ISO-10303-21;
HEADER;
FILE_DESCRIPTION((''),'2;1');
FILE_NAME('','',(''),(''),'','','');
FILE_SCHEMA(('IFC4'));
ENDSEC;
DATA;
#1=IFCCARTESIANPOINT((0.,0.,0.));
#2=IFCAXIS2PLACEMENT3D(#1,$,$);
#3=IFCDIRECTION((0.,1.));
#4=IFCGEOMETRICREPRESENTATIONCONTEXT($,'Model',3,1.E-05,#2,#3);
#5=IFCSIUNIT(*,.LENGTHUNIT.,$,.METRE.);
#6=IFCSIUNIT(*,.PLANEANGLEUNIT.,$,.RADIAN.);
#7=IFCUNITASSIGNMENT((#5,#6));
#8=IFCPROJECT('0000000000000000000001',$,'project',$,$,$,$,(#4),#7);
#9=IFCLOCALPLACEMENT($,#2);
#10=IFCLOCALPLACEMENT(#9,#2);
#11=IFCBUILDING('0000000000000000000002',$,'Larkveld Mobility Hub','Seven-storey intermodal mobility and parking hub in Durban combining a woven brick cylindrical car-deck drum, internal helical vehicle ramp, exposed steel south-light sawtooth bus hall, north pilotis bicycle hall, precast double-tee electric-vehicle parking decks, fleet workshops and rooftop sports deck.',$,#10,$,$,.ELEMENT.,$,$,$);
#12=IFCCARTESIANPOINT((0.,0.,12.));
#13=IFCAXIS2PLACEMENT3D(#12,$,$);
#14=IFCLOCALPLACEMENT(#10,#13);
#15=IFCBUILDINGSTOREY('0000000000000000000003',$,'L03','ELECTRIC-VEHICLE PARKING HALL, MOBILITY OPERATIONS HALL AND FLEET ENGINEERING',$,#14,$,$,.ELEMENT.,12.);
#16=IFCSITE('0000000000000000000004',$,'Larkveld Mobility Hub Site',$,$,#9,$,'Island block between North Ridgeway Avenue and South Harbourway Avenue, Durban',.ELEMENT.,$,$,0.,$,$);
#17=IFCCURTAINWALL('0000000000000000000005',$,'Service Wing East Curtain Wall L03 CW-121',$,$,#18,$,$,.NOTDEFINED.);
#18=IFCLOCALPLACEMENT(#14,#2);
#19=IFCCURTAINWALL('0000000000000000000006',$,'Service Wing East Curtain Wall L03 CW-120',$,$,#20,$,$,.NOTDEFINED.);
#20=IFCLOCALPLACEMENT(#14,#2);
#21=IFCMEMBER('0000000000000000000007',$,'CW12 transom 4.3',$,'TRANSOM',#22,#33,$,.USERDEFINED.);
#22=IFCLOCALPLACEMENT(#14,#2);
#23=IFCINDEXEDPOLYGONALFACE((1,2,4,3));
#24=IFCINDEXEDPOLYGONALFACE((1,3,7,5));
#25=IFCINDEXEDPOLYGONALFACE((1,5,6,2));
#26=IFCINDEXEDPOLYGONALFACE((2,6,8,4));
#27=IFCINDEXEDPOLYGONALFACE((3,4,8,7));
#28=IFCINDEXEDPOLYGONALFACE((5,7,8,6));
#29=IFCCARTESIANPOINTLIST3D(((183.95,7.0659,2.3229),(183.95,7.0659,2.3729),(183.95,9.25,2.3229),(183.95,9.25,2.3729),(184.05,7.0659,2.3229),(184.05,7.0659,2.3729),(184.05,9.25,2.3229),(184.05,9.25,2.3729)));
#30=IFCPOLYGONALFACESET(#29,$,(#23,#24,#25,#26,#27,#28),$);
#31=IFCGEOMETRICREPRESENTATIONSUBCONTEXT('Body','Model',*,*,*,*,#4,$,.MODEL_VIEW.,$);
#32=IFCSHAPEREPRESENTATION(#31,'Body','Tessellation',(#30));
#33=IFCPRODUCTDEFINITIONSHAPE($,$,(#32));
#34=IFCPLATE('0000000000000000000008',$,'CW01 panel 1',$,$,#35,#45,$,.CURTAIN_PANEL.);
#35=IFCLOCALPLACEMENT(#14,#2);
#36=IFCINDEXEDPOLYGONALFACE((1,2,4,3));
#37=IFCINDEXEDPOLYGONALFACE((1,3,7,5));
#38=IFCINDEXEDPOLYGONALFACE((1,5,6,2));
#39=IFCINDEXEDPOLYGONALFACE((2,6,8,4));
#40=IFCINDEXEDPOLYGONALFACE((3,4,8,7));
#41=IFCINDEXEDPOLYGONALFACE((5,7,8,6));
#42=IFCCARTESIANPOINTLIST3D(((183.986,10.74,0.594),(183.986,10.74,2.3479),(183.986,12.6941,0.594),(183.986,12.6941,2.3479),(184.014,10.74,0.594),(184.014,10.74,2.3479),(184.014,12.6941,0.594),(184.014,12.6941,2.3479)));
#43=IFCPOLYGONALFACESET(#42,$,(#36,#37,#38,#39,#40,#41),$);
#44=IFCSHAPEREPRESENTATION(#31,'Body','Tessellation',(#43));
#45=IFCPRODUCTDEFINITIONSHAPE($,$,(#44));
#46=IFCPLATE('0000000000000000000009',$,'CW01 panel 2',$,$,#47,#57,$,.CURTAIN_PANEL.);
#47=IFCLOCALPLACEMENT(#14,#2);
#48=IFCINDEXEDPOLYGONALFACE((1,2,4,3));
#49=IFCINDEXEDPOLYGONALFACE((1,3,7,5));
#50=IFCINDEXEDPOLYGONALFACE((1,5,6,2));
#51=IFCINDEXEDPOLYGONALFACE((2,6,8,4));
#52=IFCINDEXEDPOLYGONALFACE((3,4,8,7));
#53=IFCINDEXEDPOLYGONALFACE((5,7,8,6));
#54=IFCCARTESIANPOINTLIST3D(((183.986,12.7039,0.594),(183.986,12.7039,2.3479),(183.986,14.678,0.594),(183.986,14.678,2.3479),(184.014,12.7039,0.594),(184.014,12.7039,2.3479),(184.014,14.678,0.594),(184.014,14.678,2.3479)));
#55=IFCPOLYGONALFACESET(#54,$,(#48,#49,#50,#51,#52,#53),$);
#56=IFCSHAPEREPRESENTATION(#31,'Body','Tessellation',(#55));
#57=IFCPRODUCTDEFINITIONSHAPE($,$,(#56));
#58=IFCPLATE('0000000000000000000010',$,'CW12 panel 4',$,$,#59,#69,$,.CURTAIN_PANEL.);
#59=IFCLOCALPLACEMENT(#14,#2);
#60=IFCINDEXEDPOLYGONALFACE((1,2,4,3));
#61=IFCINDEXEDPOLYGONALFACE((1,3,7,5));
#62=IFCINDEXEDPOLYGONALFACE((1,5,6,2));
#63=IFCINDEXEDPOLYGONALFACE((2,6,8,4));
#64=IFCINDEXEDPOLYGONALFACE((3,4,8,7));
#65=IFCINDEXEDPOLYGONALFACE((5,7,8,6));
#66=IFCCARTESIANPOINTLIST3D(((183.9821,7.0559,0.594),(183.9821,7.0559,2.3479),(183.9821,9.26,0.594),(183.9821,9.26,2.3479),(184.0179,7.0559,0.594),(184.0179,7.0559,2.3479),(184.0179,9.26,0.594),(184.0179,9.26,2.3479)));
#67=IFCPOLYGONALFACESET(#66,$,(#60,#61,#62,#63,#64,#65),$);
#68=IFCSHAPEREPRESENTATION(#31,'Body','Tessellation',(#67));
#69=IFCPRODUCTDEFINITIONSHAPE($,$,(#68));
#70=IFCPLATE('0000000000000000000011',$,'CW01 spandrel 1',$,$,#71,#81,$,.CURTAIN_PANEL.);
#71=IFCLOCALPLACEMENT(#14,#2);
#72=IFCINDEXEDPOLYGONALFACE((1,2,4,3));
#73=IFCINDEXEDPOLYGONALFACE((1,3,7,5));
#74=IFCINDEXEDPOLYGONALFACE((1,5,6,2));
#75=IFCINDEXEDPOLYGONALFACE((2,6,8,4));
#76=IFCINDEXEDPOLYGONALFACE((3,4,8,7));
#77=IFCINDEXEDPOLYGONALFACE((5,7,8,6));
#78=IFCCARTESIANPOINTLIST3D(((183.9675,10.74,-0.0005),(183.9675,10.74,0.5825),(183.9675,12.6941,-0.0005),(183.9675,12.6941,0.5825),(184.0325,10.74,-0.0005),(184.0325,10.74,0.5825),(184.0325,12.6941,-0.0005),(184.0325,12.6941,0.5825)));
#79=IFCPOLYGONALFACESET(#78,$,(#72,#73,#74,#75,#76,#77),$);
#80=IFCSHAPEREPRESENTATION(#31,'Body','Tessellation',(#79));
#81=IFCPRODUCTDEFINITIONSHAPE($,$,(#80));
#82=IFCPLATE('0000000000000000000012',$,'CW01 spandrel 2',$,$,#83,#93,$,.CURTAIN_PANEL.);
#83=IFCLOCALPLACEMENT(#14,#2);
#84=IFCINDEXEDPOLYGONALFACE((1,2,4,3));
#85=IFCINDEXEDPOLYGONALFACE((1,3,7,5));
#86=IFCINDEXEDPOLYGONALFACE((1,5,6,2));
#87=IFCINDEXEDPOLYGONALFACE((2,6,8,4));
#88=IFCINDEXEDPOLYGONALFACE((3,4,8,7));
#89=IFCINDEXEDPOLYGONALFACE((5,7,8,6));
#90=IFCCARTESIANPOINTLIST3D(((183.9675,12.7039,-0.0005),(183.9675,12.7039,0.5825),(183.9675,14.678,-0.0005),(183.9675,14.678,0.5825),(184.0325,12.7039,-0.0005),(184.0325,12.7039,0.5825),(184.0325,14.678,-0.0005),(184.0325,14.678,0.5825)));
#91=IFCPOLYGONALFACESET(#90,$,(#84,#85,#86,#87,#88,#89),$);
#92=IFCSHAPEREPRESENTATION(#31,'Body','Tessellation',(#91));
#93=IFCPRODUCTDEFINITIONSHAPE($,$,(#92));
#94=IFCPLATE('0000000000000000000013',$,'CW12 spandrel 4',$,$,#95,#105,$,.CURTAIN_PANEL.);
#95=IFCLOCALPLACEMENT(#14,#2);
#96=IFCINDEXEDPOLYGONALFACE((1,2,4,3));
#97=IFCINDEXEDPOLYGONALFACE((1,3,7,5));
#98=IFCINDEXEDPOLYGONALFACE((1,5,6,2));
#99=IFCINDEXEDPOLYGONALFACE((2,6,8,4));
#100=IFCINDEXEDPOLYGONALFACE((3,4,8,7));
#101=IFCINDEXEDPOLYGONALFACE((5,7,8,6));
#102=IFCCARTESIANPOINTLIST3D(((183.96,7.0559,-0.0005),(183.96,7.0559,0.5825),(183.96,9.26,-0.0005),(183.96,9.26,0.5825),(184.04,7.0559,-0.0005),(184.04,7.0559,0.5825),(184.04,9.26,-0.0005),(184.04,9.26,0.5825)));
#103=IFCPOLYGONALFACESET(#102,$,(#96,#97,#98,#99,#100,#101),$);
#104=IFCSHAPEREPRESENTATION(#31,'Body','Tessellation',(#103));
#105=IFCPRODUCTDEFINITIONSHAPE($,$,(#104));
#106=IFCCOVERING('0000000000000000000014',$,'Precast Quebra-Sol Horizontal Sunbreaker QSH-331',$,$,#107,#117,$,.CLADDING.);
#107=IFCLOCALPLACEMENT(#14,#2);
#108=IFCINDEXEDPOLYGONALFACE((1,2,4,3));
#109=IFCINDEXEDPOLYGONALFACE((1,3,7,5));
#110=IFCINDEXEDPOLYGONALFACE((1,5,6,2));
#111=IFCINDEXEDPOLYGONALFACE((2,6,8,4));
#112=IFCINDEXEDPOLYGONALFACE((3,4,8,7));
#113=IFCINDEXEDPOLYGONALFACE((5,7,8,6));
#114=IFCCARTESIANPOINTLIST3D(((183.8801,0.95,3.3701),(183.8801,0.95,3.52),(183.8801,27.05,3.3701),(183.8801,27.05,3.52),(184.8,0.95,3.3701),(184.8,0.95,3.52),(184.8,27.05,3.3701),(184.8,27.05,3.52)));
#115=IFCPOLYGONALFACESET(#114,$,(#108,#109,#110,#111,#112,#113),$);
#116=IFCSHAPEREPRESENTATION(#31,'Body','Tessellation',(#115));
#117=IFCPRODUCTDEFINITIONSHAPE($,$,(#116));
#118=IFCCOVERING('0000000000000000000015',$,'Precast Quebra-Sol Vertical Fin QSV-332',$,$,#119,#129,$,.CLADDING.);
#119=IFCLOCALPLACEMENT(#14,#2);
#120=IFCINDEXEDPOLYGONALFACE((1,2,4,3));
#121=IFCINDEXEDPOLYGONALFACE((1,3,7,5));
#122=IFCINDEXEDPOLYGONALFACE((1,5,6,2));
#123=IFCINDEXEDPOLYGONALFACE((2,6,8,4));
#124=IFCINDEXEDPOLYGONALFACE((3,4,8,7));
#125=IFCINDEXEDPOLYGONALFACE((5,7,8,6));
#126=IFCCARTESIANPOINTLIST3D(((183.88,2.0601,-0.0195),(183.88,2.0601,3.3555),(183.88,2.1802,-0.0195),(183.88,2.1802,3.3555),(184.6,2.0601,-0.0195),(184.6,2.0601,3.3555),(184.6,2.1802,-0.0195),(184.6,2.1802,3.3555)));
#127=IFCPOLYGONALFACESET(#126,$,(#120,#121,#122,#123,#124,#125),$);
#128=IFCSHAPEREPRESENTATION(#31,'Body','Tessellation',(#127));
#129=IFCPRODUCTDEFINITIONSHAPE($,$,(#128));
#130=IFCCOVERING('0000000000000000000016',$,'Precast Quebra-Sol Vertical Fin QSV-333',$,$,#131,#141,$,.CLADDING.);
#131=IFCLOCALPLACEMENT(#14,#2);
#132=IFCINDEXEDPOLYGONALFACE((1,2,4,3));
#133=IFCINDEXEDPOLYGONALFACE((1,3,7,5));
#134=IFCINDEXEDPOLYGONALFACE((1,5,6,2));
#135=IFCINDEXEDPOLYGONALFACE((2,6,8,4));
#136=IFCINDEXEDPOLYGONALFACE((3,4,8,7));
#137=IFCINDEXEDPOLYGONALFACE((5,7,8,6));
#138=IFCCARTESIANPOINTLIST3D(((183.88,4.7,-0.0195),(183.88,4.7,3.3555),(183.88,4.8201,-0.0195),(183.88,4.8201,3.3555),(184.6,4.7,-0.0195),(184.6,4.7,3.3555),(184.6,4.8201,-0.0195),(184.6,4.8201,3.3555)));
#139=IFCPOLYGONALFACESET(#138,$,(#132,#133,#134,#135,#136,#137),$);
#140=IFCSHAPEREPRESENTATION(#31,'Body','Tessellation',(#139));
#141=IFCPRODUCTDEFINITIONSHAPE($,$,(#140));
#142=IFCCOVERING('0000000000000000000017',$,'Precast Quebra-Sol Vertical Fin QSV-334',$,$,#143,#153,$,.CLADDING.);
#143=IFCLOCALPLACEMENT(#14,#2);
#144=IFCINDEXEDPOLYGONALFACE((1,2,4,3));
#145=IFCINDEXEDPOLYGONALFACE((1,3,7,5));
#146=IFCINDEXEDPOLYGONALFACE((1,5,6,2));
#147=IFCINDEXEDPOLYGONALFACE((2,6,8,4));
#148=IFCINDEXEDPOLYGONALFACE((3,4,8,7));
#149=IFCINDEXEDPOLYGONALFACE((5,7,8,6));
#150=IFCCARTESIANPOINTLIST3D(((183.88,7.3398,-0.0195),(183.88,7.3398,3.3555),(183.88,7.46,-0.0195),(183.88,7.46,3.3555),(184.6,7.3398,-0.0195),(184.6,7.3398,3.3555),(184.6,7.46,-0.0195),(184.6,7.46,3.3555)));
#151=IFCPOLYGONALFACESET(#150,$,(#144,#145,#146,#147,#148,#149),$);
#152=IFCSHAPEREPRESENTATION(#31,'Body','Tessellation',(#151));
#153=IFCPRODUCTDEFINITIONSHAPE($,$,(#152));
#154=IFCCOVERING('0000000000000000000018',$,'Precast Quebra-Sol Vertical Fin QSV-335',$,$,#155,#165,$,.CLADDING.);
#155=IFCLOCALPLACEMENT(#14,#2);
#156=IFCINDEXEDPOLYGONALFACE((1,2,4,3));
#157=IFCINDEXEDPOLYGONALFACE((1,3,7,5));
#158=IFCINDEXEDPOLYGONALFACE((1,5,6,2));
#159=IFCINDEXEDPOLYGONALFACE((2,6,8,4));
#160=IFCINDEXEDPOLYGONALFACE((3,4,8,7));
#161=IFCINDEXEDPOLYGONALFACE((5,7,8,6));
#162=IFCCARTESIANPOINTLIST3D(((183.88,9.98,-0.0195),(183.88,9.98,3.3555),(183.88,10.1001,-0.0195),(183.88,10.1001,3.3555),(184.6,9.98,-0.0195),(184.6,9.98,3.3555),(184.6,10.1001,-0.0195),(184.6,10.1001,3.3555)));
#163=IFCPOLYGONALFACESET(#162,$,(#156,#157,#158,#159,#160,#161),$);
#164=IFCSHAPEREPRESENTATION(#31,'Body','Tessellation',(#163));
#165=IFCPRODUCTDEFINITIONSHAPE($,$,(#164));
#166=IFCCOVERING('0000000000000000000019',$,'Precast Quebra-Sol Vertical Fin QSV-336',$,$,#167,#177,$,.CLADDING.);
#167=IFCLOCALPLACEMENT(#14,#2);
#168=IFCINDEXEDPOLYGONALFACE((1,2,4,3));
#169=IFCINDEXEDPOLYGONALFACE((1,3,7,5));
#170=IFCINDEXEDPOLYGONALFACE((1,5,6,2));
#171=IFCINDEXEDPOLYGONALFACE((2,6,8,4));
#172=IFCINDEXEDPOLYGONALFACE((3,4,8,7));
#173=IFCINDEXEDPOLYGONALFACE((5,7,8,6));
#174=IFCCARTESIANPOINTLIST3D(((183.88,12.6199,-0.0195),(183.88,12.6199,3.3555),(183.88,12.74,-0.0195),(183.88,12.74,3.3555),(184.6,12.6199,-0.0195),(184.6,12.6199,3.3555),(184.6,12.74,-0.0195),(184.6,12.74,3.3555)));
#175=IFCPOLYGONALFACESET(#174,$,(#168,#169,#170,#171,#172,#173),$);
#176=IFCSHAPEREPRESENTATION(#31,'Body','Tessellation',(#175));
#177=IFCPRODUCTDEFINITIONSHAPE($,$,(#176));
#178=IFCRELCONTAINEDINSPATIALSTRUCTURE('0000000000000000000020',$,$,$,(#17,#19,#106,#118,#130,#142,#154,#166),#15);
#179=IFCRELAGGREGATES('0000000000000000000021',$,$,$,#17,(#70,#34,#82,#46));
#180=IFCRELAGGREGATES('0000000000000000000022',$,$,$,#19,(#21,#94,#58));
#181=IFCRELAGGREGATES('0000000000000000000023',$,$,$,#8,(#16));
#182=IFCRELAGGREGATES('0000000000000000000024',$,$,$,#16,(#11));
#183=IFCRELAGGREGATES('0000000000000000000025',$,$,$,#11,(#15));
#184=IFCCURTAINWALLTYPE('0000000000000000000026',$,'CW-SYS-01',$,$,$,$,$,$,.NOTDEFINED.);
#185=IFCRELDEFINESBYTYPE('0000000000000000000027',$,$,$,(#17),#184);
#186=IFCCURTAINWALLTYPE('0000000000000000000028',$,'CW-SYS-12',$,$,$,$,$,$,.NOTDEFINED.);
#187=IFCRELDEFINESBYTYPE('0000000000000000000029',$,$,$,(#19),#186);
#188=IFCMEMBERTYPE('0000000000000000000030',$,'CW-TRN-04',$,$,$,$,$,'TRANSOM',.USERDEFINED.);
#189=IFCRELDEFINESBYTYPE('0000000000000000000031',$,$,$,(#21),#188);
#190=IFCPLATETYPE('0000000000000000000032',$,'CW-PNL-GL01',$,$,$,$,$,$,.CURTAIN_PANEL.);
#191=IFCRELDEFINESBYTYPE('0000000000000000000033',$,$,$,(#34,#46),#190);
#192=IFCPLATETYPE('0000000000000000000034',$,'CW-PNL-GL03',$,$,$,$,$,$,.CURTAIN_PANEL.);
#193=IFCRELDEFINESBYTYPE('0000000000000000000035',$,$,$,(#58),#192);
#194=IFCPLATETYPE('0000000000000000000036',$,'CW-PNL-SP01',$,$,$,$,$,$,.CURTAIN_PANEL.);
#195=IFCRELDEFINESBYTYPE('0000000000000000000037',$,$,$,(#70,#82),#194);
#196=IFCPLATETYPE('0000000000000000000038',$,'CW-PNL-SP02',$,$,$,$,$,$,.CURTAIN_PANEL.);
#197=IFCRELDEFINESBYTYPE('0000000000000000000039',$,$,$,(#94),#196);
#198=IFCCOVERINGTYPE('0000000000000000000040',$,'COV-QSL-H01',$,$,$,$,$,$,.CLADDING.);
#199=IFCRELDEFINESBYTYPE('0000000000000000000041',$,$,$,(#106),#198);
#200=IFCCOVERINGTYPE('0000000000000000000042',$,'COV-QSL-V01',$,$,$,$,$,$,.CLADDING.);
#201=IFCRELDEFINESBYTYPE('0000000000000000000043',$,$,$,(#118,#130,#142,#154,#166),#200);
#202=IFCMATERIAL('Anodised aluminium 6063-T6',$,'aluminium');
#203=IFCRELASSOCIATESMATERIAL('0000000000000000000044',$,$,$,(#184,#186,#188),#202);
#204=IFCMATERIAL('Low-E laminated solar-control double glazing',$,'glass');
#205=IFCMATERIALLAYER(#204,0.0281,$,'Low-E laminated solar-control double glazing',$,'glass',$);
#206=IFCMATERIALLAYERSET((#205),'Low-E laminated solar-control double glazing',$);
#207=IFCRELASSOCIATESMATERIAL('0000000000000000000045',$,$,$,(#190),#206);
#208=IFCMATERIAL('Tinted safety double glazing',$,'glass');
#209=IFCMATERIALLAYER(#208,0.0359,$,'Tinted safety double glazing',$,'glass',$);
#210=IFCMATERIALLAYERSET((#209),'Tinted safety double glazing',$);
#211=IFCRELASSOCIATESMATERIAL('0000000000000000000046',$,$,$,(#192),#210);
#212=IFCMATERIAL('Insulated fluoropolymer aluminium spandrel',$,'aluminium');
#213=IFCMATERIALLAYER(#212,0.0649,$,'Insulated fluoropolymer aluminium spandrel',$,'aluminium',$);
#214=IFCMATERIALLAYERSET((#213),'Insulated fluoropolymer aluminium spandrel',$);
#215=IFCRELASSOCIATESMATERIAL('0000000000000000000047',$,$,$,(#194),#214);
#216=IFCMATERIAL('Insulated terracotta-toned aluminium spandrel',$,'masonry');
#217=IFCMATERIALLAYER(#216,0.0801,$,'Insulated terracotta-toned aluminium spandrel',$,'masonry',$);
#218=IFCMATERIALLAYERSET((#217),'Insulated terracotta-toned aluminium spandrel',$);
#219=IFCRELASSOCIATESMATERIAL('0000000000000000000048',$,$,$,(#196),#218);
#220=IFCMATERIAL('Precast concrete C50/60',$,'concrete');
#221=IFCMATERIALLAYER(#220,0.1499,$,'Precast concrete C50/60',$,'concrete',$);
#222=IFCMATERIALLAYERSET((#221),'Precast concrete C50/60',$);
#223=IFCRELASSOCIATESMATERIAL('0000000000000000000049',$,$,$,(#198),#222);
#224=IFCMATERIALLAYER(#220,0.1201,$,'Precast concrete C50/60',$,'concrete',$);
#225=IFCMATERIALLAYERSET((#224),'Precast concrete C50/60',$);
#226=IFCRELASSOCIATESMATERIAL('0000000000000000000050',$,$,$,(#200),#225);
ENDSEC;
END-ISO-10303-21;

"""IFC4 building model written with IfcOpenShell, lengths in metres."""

from ifc_helpers import new_model, si_unit, direction, frame, origin, origin_2d, place, context, subcontext, project, spatial, rectangle, extrude, material, layer, layer_set, material_profile, profile_set, type_object, element, aggregate, save


model = new_model("IFC4")

# Units and contexts
model_context = context("Model", 3, precision=1e-05, world=origin(), true_north=direction((0.0, 1.0)))
body_context = subcontext(model_context, "Body", "Model", "MODEL_VIEW")
ifc_project = project(units=[si_unit("LENGTHUNIT", "METRE"), si_unit("PLANEANGLEUNIT", "RADIAN")], contexts=[model_context])

# Site, building, storey
site_placement = place(None, origin())
site = spatial("IfcSite", under=ifc_project, at=site_placement, Name="Larkveld Mobility Hub Site", LongName="Island block between North Ridgeway Avenue and South Harbourway Avenue, Durban", CompositionType="ELEMENT", RefElevation=0.0)
building_placement = place(site_placement, origin())
building = spatial("IfcBuilding", under=site, at=building_placement, Name="Larkveld Mobility Hub", Description="Seven-storey intermodal mobility and parking hub in Durban combining a woven brick cylindrical car-deck drum, internal helical vehicle ramp, exposed steel south-light sawtooth bus hall, north pilotis bicycle hall, precast double-tee electric-vehicle parking decks, fleet workshops and rooftop sports deck.", CompositionType="ELEMENT")
storey_placement = place(building_placement, frame((0.0, 0.0, 12.0)))
storey = spatial("IfcBuildingStorey", under=building, at=storey_placement, Name="L03", Description="ELECTRIC-VEHICLE PARKING HALL, MOBILITY OPERATIONS HALL AND FLEET ENGINEERING", CompositionType="ELEMENT", Elevation=12.0)

# Shared definitions
ifc_material_1 = material(Name="Precast concrete C50/60", Category="concrete")

# Curtain wall
ifc_material_2 = material(Name="Anodised aluminium 6063-T6", Category="aluminium")
curtain_wall_type_1 = type_object("IfcCurtainWallType", Name="CW-SYS-01", PredefinedType="NOTDEFINED", material=ifc_material_2)
curtain_wall_1_placement = place(storey_placement, origin())
curtain_wall_1 = element("IfcCurtainWall", 1, at=curtain_wall_1_placement, inside=storey, type_object=curtain_wall_type_1, Name="Service Wing East Curtain Wall L03 CW-121", PredefinedType="NOTDEFINED")

# Curtain wall
curtain_wall_type_2 = type_object("IfcCurtainWallType", Name="CW-SYS-12", PredefinedType="NOTDEFINED", material=ifc_material_2)
curtain_wall_2_placement = place(storey_placement, origin())
curtain_wall_2 = element("IfcCurtainWall", 2, at=curtain_wall_2_placement, inside=storey, type_object=curtain_wall_type_2, Name="Service Wing East Curtain Wall L03 CW-120", PredefinedType="NOTDEFINED")

# Member
ifc_material_profile_1 = material_profile(ifc_material_2, rectangle(XDim=0.1001, YDim=0.05, at=origin_2d()), Name="ALU TRAN 50x100")
ifc_profile_set_1 = profile_set([ifc_material_profile_1], Name="Anodised aluminium 6063-T6")
member_type_1 = type_object("IfcMemberType", Name="CW-TRN-04", ElementType="TRANSOM", PredefinedType="USERDEFINED", material=ifc_profile_set_1)
member_1_placement = place(storey_placement, frame((184.0, 7.0659, 2.3479), z_axis=(0.0, 1.0, 0.0), x_axis=(-1.0, 0.0, 0.0)))
member_1 = element("IfcMember", 3, at=member_1_placement, type_object=member_type_1, Name="CW12 transom 4.3", ObjectType="TRANSOM", PredefinedType="USERDEFINED", context=body_context, shape_type="SweptSolid", body=[
    extrude(rectangle(XDim=0.1001, YDim=0.05, at=origin_2d()), origin(), (0.0, 0.0, 1.0), 2.1841),
])

# Plates
ifc_material_3 = material(Name="Low-E laminated solar-control double glazing", Category="glass")
ifc_layer_1 = layer(ifc_material_3, 0.0281, Name="Low-E laminated solar-control double glazing", Category="glass")
ifc_layer_set_1 = layer_set([ifc_layer_1], Name="Low-E laminated solar-control double glazing")
plate_type_1 = type_object("IfcPlateType", Name="CW-PNL-GL01", PredefinedType="CURTAIN_PANEL", material=ifc_layer_set_1)
plate_1_placement = place(storey_placement, frame((184.0, 11.717, 0.594), z_axis=(0.0, 0.0, 1.0), x_axis=(0.0, 1.0, 0.0)))
plate_1 = element("IfcPlate", 4, at=plate_1_placement, type_object=plate_type_1, Name="CW01 panel 1", PredefinedType="CURTAIN_PANEL", context=body_context, shape_type="SweptSolid", body=[
    extrude(rectangle(XDim=1.9541, YDim=0.0281, at=origin_2d()), origin(), (0.0, 0.0, 1.0), 1.7539),
])
plate_2_placement = place(storey_placement, frame((184.0, 13.6909, 0.594), z_axis=(0.0, 0.0, 1.0), x_axis=(0.0, 1.0, 0.0)))
plate_2 = element("IfcPlate", 5, at=plate_2_placement, type_object=plate_type_1, Name="CW01 panel 2", PredefinedType="CURTAIN_PANEL", context=body_context, shape_type="SweptSolid", body=[
    extrude(rectangle(XDim=1.9741, YDim=0.0281, at=origin_2d()), origin(), (0.0, 0.0, 1.0), 1.7539),
])
ifc_material_4 = material(Name="Tinted safety double glazing", Category="glass")
ifc_layer_2 = layer(ifc_material_4, 0.0359, Name="Tinted safety double glazing", Category="glass")
ifc_layer_set_2 = layer_set([ifc_layer_2], Name="Tinted safety double glazing")
plate_type_2 = type_object("IfcPlateType", Name="CW-PNL-GL03", PredefinedType="CURTAIN_PANEL", material=ifc_layer_set_2)
plate_3_placement = place(storey_placement, frame((184.0, 8.158, 0.594), z_axis=(0.0, 0.0, 1.0), x_axis=(0.0, 1.0, 0.0)))
plate_3 = element("IfcPlate", 6, at=plate_3_placement, type_object=plate_type_2, Name="CW12 panel 4", PredefinedType="CURTAIN_PANEL", context=body_context, shape_type="SweptSolid", body=[
    extrude(rectangle(XDim=2.2041, YDim=0.0359, at=origin_2d()), origin(), (0.0, 0.0, 1.0), 1.7539),
])
ifc_material_5 = material(Name="Insulated fluoropolymer aluminium spandrel", Category="aluminium")
ifc_layer_3 = layer(ifc_material_5, 0.0649, Name="Insulated fluoropolymer aluminium spandrel", Category="aluminium")
ifc_layer_set_3 = layer_set([ifc_layer_3], Name="Insulated fluoropolymer aluminium spandrel")
plate_type_3 = type_object("IfcPlateType", Name="CW-PNL-SP01", PredefinedType="CURTAIN_PANEL", material=ifc_layer_set_3)
plate_4_placement = place(storey_placement, frame((184.0, 11.717, -0.0005), z_axis=(0.0, 0.0, 1.0), x_axis=(0.0, 1.0, 0.0)))
plate_4 = element("IfcPlate", 7, at=plate_4_placement, type_object=plate_type_3, Name="CW01 spandrel 1", PredefinedType="CURTAIN_PANEL", context=body_context, shape_type="SweptSolid", body=[
    extrude(rectangle(XDim=1.9541, YDim=0.0649, at=origin_2d()), origin(), (0.0, 0.0, 1.0), 0.583),
])
plate_5_placement = place(storey_placement, frame((184.0, 13.6909, -0.0005), z_axis=(0.0, 0.0, 1.0), x_axis=(0.0, 1.0, 0.0)))
plate_5 = element("IfcPlate", 8, at=plate_5_placement, type_object=plate_type_3, Name="CW01 spandrel 2", PredefinedType="CURTAIN_PANEL", context=body_context, shape_type="SweptSolid", body=[
    extrude(rectangle(XDim=1.9741, YDim=0.0649, at=origin_2d()), origin(), (0.0, 0.0, 1.0), 0.583),
])
aggregate(curtain_wall_1, [plate_4, plate_1, plate_5, plate_2])
ifc_material_6 = material(Name="Insulated terracotta-toned aluminium spandrel", Category="masonry")
ifc_layer_4 = layer(ifc_material_6, 0.0801, Name="Insulated terracotta-toned aluminium spandrel", Category="masonry")
ifc_layer_set_4 = layer_set([ifc_layer_4], Name="Insulated terracotta-toned aluminium spandrel")
plate_type_4 = type_object("IfcPlateType", Name="CW-PNL-SP02", PredefinedType="CURTAIN_PANEL", material=ifc_layer_set_4)
plate_6_placement = place(storey_placement, frame((184.0, 8.158, -0.0005), z_axis=(0.0, 0.0, 1.0), x_axis=(0.0, 1.0, 0.0)))
plate_6 = element("IfcPlate", 9, at=plate_6_placement, type_object=plate_type_4, Name="CW12 spandrel 4", PredefinedType="CURTAIN_PANEL", context=body_context, shape_type="SweptSolid", body=[
    extrude(rectangle(XDim=2.2041, YDim=0.0801, at=origin_2d()), origin(), (0.0, 0.0, 1.0), 0.583),
])
aggregate(curtain_wall_2, [member_1, plate_6, plate_3])

# Coverings
ifc_layer_5 = layer(ifc_material_1, 0.1499, Name="Precast concrete C50/60", Category="concrete")
ifc_layer_set_5 = layer_set([ifc_layer_5], Name="Precast concrete C50/60")
covering_type_1 = type_object("IfcCoveringType", Name="COV-QSL-H01", PredefinedType="CLADDING", material=ifc_layer_set_5)
covering_placement = place(storey_placement, frame((184.3401, 14.0, 3.3701), z_axis=(0.0, 0.0, 1.0), x_axis=(0.0, 1.0, 0.0)))
element("IfcCovering", 10, at=covering_placement, inside=storey, type_object=covering_type_1, Name="Precast Quebra-Sol Horizontal Sunbreaker QSH-331", PredefinedType="CLADDING", context=body_context, shape_type="SweptSolid", body=[
    extrude(rectangle(XDim=26.1001, YDim=0.9199, at=origin_2d()), origin(), (0.0, 0.0, 1.0), 0.1499),
])
ifc_layer_6 = layer(ifc_material_1, 0.1201, Name="Precast concrete C50/60", Category="concrete")
ifc_layer_set_6 = layer_set([ifc_layer_6], Name="Precast concrete C50/60")
covering_type_2 = type_object("IfcCoveringType", Name="COV-QSL-V01", PredefinedType="CLADDING", material=ifc_layer_set_6)
for number, where, z_axis, x_axis, name in (
    (11, (184.24, 2.1201, -0.0195), (0.0, 0.0, 1.0), (0.0, 1.0, 0.0), "Precast Quebra-Sol Vertical Fin QSV-332"),
    (12, (184.24, 4.76, -0.0195), (0.0, 0.0, 1.0), (0.0, 1.0, 0.0), "Precast Quebra-Sol Vertical Fin QSV-333"),
    (13, (184.24, 7.3999, -0.0195), (0.0, 0.0, 1.0), (0.0, 1.0, 0.0), "Precast Quebra-Sol Vertical Fin QSV-334"),
    (14, (184.24, 10.04, -0.0195), (0.0, 0.0, 1.0), (0.0, 1.0, 0.0), "Precast Quebra-Sol Vertical Fin QSV-335"),
    (15, (184.24, 12.6799, -0.0195), (0.0, 0.0, 1.0), (0.0, 1.0, 0.0), "Precast Quebra-Sol Vertical Fin QSV-336"),
):
    element("IfcCovering", number, at=place(storey_placement, frame(where, z_axis=z_axis, x_axis=x_axis)), inside=storey, type_object=covering_type_2, Name=name, PredefinedType="CLADDING", context=body_context, shape_type="SweptSolid", body=[
        extrude(rectangle(XDim=0.1201, YDim=0.72, at=origin_2d()), origin(), (0.0, 0.0, 1.0), 3.375),
    ])

save(model, "model.ifc")
